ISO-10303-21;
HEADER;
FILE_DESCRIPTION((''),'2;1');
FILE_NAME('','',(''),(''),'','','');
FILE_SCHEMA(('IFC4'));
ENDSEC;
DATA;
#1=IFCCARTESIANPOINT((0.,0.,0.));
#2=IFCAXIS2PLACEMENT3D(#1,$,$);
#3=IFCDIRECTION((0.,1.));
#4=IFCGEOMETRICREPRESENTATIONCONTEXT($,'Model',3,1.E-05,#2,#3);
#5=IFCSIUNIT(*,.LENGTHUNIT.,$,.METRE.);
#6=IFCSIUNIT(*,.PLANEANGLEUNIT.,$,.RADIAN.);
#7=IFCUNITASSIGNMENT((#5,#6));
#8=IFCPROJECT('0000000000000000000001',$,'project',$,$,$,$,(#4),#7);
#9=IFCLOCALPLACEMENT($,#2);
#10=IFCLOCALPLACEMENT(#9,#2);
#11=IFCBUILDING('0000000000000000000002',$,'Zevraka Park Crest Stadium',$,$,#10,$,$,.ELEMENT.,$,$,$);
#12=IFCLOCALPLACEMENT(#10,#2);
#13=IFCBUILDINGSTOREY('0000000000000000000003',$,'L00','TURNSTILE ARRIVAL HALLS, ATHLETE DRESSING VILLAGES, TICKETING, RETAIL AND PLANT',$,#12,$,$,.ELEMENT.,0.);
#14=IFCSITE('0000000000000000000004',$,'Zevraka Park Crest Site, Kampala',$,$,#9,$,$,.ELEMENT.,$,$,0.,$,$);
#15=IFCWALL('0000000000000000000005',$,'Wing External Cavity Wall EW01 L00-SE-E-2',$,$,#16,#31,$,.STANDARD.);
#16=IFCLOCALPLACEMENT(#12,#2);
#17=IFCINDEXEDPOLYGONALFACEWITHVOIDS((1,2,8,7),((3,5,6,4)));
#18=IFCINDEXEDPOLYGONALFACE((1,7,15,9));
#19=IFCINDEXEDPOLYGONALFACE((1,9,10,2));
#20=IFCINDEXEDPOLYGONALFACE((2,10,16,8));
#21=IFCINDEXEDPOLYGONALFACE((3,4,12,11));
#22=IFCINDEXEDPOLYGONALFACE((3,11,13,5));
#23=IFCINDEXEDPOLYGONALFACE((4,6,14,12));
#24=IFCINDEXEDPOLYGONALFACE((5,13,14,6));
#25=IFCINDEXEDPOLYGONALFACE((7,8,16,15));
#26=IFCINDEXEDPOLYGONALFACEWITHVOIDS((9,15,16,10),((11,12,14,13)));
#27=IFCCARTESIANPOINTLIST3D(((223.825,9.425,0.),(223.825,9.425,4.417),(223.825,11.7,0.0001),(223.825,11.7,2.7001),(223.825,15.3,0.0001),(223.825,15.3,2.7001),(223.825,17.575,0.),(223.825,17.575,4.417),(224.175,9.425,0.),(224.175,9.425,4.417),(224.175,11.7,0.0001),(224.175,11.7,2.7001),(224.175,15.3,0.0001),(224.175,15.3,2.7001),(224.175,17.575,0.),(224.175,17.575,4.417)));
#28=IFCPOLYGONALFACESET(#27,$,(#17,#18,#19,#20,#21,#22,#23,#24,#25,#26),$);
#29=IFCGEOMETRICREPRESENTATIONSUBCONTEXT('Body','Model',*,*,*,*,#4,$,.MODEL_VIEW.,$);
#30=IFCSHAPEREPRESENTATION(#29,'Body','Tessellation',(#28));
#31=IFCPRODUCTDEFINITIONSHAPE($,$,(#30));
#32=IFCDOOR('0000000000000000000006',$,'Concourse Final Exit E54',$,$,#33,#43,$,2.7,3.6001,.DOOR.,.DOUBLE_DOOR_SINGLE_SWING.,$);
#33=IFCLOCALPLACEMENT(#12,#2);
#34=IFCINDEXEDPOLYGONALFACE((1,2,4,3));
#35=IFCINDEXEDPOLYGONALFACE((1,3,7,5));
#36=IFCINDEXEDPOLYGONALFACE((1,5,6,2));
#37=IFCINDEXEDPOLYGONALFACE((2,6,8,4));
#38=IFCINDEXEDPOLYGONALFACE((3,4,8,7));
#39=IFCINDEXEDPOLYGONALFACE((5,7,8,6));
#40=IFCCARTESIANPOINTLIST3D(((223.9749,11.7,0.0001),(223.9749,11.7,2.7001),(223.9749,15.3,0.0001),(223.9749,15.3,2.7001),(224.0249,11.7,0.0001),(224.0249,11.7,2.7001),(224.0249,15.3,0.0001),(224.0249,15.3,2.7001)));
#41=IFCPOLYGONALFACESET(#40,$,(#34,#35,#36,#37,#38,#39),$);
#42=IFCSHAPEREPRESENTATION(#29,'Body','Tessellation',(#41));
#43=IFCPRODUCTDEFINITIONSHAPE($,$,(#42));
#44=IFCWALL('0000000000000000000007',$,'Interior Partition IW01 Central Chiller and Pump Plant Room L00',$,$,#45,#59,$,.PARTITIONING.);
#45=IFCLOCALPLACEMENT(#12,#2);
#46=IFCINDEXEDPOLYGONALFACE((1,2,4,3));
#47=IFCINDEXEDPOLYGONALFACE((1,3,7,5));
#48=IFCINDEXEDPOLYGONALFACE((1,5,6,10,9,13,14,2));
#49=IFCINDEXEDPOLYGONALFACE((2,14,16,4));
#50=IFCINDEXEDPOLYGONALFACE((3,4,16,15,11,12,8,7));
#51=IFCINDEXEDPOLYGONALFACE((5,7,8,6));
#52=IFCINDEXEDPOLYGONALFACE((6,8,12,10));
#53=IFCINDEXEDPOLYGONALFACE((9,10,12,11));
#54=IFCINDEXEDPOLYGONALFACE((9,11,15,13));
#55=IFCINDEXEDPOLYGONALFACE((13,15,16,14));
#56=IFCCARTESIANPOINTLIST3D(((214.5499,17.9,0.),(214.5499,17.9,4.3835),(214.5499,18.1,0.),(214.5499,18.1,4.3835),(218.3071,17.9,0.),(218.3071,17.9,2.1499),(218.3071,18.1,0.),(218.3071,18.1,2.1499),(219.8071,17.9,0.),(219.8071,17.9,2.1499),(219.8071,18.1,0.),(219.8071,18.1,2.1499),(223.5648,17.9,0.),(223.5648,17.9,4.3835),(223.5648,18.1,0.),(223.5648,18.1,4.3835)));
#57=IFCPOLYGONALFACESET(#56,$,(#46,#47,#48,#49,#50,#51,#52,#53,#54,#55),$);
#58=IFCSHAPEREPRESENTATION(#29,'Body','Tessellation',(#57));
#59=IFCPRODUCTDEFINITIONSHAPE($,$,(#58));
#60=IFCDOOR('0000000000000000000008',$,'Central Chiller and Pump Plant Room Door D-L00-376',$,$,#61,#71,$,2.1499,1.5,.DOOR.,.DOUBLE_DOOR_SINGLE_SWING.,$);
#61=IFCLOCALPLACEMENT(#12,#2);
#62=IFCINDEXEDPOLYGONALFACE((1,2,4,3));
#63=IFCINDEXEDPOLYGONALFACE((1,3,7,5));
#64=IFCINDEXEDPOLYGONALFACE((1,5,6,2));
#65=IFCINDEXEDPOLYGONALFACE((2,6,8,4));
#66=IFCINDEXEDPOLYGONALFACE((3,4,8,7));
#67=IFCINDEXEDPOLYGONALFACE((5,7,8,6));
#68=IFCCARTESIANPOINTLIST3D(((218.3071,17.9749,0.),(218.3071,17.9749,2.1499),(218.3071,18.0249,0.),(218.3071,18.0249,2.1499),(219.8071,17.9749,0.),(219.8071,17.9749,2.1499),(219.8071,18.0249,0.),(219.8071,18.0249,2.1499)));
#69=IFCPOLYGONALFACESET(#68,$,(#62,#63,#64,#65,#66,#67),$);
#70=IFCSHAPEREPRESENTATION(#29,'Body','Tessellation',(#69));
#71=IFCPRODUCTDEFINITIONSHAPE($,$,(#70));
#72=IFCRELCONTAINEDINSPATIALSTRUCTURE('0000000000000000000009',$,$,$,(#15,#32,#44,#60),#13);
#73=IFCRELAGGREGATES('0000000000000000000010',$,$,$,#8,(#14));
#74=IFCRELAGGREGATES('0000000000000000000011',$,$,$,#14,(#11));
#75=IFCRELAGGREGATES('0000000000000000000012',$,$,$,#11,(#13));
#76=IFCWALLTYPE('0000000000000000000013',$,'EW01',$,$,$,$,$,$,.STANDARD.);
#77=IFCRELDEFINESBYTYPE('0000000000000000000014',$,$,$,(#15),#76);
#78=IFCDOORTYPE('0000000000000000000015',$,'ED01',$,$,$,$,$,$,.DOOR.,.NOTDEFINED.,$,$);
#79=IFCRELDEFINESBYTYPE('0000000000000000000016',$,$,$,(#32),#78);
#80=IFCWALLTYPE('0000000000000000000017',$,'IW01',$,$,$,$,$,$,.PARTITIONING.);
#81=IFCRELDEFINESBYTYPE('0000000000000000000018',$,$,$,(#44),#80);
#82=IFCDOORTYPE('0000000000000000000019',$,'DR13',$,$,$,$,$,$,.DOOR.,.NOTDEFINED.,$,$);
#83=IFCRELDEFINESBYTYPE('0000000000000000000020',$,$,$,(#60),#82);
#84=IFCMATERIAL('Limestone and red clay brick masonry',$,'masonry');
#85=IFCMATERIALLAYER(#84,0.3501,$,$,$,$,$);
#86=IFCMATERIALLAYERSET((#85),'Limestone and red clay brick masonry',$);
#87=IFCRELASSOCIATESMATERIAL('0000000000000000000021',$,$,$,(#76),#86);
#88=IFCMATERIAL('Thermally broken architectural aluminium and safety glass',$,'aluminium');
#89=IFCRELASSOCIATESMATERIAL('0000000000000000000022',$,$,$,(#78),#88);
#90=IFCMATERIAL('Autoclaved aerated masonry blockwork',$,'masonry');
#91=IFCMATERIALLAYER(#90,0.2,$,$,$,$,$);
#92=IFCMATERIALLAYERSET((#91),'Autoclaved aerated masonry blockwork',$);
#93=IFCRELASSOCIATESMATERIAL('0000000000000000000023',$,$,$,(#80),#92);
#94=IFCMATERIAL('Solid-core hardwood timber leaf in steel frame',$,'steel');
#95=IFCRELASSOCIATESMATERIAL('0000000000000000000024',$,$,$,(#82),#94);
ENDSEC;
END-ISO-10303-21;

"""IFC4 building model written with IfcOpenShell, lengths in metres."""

from ifc_helpers import new_model, si_unit, direction, frame, frame_2d, origin, place, context, subcontext, project, spatial, rectangle, extrude, material, layer, layer_set, type_object, element, fill, save


model = new_model("IFC4")

# Units and contexts
model_context = context("Model", 3, precision=1e-05, world=origin(), true_north=direction((0.0, 1.0)))
body_context = subcontext(model_context, "Body", "Model", "MODEL_VIEW")
ifc_project = project(units=[si_unit("LENGTHUNIT", "METRE"), si_unit("PLANEANGLEUNIT", "RADIAN")], contexts=[model_context])

# Site, building, storey
site_placement = place(None, origin())
site = spatial("IfcSite", under=ifc_project, at=site_placement, Name="Zevraka Park Crest Site, Kampala", CompositionType="ELEMENT", RefElevation=0.0)
building_placement = place(site_placement, origin())
building = spatial("IfcBuilding", under=site, at=building_placement, Name="Zevraka Park Crest Stadium", CompositionType="ELEMENT")
storey_placement = place(building_placement, origin())
storey = spatial("IfcBuildingStorey", under=building, at=storey_placement, Name="L00", Description="TURNSTILE ARRIVAL HALLS, ATHLETE DRESSING VILLAGES, TICKETING, RETAIL AND PLANT", CompositionType="ELEMENT", Elevation=0.0)

# Walls, openings, doors
ifc_material_1 = material(Name="Limestone and red clay brick masonry", Category="masonry")
ifc_layer_1 = layer(ifc_material_1, 0.3501)
ifc_layer_set_1 = layer_set([ifc_layer_1], Name="Limestone and red clay brick masonry")
wall_type_1 = type_object("IfcWallType", Name="EW01", PredefinedType="STANDARD", material=ifc_layer_set_1)
wall_1_placement = place(storey_placement, frame((224.0, 17.575, 0.0), z_axis=(0.0, 0.0, 1.0), x_axis=(0.0, -1.0, 0.0)))
wall_1 = element("IfcWall", 1, at=wall_1_placement, inside=storey, type_object=wall_type_1, Name="Wing External Cavity Wall EW01 L00-SE-E-2", PredefinedType="STANDARD", context=body_context, shape_type="SweptSolid", body=[
    extrude(rectangle(XDim=8.1499, YDim=0.3501, at=frame_2d((4.075, 0.0))), origin(), (0.0, 0.0, 1.0), 4.417),
])
opening_1_placement = place(wall_1_placement, frame((2.2749, 0.0, 0.0)))
opening_1 = element("IfcOpeningElement", 2, at=opening_1_placement, cuts=wall_1, PredefinedType="OPENING", context=body_context, shape_type="SweptSolid", body=[
    extrude(rectangle(XDim=3.6001, YDim=2.7, at=frame_2d((1.8, 1.3501))), frame((0.0, 0.1851, 0.0), z_axis=(0.0, -1.0, 0.0), x_axis=(1.0, 0.0, 0.0)), (0.0, 0.0, 1.0), 0.3701),
])
ifc_material_2 = material(Name="Thermally broken architectural aluminium and safety glass", Category="aluminium")
door_type_1 = type_object("IfcDoorType", Name="ED01", OperationType="NOTDEFINED", PredefinedType="DOOR", material=ifc_material_2)
door_1_placement = place(opening_1_placement, origin())
door_1 = element("IfcDoor", 3, at=door_1_placement, inside=storey, type_object=door_type_1, Name="Concourse Final Exit E54", OperationType="DOUBLE_DOOR_SINGLE_SWING", OverallHeight=2.7, OverallWidth=3.6001, PredefinedType="DOOR", context=body_context, shape_type="SweptSolid", body=[
    extrude(rectangle(XDim=3.6001, YDim=2.7, at=frame_2d((1.8, 1.3501))), frame((0.0, 0.0249, 0.0), z_axis=(0.0, -1.0, 0.0), x_axis=(1.0, 0.0, 0.0)), (0.0, 0.0, 1.0), 0.05),
])
fill(opening_1, door_1)
ifc_material_3 = material(Name="Autoclaved aerated masonry blockwork", Category="masonry")
ifc_layer_2 = layer(ifc_material_3, 0.2)
ifc_layer_set_2 = layer_set([ifc_layer_2], Name="Autoclaved aerated masonry blockwork")
wall_type_2 = type_object("IfcWallType", Name="IW01", PredefinedType="PARTITIONING", material=ifc_layer_set_2)
wall_2_placement = place(storey_placement, frame((214.55, 18.0, 0.0), z_axis=(0.0, 0.0, 1.0), x_axis=(1.0, 0.0, 0.0)))
wall_2 = element("IfcWall", 4, at=wall_2_placement, inside=storey, type_object=wall_type_2, Name="Interior Partition IW01 Central Chiller and Pump Plant Room L00", PredefinedType="PARTITIONING", context=body_context, shape_type="SweptSolid", body=[
    extrude(rectangle(XDim=9.0149, YDim=0.2, at=frame_2d((4.5073, 0.0))), origin(), (0.0, 0.0, 1.0), 4.3835),
])
opening_2_placement = place(wall_2_placement, frame((3.7571, 0.0, 0.0)))
opening_2 = element("IfcOpeningElement", 5, at=opening_2_placement, cuts=wall_2, PredefinedType="OPENING", context=body_context, shape_type="SweptSolid", body=[
    extrude(rectangle(XDim=1.5, YDim=2.1499, at=frame_2d((0.75, 1.075))), frame((0.0, 0.1099, 0.0), z_axis=(0.0, -1.0, 0.0), x_axis=(1.0, 0.0, 0.0)), (0.0, 0.0, 1.0), 0.22),
])
ifc_material_4 = material(Name="Solid-core hardwood timber leaf in steel frame", Category="steel")
door_type_2 = type_object("IfcDoorType", Name="DR13", OperationType="NOTDEFINED", PredefinedType="DOOR", material=ifc_material_4)
door_2_placement = place(opening_2_placement, origin())
door_2 = element("IfcDoor", 6, at=door_2_placement, inside=storey, type_object=door_type_2, Name="Central Chiller and Pump Plant Room Door D-L00-376", OperationType="DOUBLE_DOOR_SINGLE_SWING", OverallHeight=2.1499, OverallWidth=1.5, PredefinedType="DOOR", context=body_context, shape_type="SweptSolid", body=[
    extrude(rectangle(XDim=1.5, YDim=2.1499, at=frame_2d((0.75, 1.075))), frame((0.0, 0.0249, 0.0), z_axis=(0.0, -1.0, 0.0), x_axis=(1.0, 0.0, 0.0)), (0.0, 0.0, 1.0), 0.05),
])
fill(opening_2, door_2)

save(model, "model.ifc")
